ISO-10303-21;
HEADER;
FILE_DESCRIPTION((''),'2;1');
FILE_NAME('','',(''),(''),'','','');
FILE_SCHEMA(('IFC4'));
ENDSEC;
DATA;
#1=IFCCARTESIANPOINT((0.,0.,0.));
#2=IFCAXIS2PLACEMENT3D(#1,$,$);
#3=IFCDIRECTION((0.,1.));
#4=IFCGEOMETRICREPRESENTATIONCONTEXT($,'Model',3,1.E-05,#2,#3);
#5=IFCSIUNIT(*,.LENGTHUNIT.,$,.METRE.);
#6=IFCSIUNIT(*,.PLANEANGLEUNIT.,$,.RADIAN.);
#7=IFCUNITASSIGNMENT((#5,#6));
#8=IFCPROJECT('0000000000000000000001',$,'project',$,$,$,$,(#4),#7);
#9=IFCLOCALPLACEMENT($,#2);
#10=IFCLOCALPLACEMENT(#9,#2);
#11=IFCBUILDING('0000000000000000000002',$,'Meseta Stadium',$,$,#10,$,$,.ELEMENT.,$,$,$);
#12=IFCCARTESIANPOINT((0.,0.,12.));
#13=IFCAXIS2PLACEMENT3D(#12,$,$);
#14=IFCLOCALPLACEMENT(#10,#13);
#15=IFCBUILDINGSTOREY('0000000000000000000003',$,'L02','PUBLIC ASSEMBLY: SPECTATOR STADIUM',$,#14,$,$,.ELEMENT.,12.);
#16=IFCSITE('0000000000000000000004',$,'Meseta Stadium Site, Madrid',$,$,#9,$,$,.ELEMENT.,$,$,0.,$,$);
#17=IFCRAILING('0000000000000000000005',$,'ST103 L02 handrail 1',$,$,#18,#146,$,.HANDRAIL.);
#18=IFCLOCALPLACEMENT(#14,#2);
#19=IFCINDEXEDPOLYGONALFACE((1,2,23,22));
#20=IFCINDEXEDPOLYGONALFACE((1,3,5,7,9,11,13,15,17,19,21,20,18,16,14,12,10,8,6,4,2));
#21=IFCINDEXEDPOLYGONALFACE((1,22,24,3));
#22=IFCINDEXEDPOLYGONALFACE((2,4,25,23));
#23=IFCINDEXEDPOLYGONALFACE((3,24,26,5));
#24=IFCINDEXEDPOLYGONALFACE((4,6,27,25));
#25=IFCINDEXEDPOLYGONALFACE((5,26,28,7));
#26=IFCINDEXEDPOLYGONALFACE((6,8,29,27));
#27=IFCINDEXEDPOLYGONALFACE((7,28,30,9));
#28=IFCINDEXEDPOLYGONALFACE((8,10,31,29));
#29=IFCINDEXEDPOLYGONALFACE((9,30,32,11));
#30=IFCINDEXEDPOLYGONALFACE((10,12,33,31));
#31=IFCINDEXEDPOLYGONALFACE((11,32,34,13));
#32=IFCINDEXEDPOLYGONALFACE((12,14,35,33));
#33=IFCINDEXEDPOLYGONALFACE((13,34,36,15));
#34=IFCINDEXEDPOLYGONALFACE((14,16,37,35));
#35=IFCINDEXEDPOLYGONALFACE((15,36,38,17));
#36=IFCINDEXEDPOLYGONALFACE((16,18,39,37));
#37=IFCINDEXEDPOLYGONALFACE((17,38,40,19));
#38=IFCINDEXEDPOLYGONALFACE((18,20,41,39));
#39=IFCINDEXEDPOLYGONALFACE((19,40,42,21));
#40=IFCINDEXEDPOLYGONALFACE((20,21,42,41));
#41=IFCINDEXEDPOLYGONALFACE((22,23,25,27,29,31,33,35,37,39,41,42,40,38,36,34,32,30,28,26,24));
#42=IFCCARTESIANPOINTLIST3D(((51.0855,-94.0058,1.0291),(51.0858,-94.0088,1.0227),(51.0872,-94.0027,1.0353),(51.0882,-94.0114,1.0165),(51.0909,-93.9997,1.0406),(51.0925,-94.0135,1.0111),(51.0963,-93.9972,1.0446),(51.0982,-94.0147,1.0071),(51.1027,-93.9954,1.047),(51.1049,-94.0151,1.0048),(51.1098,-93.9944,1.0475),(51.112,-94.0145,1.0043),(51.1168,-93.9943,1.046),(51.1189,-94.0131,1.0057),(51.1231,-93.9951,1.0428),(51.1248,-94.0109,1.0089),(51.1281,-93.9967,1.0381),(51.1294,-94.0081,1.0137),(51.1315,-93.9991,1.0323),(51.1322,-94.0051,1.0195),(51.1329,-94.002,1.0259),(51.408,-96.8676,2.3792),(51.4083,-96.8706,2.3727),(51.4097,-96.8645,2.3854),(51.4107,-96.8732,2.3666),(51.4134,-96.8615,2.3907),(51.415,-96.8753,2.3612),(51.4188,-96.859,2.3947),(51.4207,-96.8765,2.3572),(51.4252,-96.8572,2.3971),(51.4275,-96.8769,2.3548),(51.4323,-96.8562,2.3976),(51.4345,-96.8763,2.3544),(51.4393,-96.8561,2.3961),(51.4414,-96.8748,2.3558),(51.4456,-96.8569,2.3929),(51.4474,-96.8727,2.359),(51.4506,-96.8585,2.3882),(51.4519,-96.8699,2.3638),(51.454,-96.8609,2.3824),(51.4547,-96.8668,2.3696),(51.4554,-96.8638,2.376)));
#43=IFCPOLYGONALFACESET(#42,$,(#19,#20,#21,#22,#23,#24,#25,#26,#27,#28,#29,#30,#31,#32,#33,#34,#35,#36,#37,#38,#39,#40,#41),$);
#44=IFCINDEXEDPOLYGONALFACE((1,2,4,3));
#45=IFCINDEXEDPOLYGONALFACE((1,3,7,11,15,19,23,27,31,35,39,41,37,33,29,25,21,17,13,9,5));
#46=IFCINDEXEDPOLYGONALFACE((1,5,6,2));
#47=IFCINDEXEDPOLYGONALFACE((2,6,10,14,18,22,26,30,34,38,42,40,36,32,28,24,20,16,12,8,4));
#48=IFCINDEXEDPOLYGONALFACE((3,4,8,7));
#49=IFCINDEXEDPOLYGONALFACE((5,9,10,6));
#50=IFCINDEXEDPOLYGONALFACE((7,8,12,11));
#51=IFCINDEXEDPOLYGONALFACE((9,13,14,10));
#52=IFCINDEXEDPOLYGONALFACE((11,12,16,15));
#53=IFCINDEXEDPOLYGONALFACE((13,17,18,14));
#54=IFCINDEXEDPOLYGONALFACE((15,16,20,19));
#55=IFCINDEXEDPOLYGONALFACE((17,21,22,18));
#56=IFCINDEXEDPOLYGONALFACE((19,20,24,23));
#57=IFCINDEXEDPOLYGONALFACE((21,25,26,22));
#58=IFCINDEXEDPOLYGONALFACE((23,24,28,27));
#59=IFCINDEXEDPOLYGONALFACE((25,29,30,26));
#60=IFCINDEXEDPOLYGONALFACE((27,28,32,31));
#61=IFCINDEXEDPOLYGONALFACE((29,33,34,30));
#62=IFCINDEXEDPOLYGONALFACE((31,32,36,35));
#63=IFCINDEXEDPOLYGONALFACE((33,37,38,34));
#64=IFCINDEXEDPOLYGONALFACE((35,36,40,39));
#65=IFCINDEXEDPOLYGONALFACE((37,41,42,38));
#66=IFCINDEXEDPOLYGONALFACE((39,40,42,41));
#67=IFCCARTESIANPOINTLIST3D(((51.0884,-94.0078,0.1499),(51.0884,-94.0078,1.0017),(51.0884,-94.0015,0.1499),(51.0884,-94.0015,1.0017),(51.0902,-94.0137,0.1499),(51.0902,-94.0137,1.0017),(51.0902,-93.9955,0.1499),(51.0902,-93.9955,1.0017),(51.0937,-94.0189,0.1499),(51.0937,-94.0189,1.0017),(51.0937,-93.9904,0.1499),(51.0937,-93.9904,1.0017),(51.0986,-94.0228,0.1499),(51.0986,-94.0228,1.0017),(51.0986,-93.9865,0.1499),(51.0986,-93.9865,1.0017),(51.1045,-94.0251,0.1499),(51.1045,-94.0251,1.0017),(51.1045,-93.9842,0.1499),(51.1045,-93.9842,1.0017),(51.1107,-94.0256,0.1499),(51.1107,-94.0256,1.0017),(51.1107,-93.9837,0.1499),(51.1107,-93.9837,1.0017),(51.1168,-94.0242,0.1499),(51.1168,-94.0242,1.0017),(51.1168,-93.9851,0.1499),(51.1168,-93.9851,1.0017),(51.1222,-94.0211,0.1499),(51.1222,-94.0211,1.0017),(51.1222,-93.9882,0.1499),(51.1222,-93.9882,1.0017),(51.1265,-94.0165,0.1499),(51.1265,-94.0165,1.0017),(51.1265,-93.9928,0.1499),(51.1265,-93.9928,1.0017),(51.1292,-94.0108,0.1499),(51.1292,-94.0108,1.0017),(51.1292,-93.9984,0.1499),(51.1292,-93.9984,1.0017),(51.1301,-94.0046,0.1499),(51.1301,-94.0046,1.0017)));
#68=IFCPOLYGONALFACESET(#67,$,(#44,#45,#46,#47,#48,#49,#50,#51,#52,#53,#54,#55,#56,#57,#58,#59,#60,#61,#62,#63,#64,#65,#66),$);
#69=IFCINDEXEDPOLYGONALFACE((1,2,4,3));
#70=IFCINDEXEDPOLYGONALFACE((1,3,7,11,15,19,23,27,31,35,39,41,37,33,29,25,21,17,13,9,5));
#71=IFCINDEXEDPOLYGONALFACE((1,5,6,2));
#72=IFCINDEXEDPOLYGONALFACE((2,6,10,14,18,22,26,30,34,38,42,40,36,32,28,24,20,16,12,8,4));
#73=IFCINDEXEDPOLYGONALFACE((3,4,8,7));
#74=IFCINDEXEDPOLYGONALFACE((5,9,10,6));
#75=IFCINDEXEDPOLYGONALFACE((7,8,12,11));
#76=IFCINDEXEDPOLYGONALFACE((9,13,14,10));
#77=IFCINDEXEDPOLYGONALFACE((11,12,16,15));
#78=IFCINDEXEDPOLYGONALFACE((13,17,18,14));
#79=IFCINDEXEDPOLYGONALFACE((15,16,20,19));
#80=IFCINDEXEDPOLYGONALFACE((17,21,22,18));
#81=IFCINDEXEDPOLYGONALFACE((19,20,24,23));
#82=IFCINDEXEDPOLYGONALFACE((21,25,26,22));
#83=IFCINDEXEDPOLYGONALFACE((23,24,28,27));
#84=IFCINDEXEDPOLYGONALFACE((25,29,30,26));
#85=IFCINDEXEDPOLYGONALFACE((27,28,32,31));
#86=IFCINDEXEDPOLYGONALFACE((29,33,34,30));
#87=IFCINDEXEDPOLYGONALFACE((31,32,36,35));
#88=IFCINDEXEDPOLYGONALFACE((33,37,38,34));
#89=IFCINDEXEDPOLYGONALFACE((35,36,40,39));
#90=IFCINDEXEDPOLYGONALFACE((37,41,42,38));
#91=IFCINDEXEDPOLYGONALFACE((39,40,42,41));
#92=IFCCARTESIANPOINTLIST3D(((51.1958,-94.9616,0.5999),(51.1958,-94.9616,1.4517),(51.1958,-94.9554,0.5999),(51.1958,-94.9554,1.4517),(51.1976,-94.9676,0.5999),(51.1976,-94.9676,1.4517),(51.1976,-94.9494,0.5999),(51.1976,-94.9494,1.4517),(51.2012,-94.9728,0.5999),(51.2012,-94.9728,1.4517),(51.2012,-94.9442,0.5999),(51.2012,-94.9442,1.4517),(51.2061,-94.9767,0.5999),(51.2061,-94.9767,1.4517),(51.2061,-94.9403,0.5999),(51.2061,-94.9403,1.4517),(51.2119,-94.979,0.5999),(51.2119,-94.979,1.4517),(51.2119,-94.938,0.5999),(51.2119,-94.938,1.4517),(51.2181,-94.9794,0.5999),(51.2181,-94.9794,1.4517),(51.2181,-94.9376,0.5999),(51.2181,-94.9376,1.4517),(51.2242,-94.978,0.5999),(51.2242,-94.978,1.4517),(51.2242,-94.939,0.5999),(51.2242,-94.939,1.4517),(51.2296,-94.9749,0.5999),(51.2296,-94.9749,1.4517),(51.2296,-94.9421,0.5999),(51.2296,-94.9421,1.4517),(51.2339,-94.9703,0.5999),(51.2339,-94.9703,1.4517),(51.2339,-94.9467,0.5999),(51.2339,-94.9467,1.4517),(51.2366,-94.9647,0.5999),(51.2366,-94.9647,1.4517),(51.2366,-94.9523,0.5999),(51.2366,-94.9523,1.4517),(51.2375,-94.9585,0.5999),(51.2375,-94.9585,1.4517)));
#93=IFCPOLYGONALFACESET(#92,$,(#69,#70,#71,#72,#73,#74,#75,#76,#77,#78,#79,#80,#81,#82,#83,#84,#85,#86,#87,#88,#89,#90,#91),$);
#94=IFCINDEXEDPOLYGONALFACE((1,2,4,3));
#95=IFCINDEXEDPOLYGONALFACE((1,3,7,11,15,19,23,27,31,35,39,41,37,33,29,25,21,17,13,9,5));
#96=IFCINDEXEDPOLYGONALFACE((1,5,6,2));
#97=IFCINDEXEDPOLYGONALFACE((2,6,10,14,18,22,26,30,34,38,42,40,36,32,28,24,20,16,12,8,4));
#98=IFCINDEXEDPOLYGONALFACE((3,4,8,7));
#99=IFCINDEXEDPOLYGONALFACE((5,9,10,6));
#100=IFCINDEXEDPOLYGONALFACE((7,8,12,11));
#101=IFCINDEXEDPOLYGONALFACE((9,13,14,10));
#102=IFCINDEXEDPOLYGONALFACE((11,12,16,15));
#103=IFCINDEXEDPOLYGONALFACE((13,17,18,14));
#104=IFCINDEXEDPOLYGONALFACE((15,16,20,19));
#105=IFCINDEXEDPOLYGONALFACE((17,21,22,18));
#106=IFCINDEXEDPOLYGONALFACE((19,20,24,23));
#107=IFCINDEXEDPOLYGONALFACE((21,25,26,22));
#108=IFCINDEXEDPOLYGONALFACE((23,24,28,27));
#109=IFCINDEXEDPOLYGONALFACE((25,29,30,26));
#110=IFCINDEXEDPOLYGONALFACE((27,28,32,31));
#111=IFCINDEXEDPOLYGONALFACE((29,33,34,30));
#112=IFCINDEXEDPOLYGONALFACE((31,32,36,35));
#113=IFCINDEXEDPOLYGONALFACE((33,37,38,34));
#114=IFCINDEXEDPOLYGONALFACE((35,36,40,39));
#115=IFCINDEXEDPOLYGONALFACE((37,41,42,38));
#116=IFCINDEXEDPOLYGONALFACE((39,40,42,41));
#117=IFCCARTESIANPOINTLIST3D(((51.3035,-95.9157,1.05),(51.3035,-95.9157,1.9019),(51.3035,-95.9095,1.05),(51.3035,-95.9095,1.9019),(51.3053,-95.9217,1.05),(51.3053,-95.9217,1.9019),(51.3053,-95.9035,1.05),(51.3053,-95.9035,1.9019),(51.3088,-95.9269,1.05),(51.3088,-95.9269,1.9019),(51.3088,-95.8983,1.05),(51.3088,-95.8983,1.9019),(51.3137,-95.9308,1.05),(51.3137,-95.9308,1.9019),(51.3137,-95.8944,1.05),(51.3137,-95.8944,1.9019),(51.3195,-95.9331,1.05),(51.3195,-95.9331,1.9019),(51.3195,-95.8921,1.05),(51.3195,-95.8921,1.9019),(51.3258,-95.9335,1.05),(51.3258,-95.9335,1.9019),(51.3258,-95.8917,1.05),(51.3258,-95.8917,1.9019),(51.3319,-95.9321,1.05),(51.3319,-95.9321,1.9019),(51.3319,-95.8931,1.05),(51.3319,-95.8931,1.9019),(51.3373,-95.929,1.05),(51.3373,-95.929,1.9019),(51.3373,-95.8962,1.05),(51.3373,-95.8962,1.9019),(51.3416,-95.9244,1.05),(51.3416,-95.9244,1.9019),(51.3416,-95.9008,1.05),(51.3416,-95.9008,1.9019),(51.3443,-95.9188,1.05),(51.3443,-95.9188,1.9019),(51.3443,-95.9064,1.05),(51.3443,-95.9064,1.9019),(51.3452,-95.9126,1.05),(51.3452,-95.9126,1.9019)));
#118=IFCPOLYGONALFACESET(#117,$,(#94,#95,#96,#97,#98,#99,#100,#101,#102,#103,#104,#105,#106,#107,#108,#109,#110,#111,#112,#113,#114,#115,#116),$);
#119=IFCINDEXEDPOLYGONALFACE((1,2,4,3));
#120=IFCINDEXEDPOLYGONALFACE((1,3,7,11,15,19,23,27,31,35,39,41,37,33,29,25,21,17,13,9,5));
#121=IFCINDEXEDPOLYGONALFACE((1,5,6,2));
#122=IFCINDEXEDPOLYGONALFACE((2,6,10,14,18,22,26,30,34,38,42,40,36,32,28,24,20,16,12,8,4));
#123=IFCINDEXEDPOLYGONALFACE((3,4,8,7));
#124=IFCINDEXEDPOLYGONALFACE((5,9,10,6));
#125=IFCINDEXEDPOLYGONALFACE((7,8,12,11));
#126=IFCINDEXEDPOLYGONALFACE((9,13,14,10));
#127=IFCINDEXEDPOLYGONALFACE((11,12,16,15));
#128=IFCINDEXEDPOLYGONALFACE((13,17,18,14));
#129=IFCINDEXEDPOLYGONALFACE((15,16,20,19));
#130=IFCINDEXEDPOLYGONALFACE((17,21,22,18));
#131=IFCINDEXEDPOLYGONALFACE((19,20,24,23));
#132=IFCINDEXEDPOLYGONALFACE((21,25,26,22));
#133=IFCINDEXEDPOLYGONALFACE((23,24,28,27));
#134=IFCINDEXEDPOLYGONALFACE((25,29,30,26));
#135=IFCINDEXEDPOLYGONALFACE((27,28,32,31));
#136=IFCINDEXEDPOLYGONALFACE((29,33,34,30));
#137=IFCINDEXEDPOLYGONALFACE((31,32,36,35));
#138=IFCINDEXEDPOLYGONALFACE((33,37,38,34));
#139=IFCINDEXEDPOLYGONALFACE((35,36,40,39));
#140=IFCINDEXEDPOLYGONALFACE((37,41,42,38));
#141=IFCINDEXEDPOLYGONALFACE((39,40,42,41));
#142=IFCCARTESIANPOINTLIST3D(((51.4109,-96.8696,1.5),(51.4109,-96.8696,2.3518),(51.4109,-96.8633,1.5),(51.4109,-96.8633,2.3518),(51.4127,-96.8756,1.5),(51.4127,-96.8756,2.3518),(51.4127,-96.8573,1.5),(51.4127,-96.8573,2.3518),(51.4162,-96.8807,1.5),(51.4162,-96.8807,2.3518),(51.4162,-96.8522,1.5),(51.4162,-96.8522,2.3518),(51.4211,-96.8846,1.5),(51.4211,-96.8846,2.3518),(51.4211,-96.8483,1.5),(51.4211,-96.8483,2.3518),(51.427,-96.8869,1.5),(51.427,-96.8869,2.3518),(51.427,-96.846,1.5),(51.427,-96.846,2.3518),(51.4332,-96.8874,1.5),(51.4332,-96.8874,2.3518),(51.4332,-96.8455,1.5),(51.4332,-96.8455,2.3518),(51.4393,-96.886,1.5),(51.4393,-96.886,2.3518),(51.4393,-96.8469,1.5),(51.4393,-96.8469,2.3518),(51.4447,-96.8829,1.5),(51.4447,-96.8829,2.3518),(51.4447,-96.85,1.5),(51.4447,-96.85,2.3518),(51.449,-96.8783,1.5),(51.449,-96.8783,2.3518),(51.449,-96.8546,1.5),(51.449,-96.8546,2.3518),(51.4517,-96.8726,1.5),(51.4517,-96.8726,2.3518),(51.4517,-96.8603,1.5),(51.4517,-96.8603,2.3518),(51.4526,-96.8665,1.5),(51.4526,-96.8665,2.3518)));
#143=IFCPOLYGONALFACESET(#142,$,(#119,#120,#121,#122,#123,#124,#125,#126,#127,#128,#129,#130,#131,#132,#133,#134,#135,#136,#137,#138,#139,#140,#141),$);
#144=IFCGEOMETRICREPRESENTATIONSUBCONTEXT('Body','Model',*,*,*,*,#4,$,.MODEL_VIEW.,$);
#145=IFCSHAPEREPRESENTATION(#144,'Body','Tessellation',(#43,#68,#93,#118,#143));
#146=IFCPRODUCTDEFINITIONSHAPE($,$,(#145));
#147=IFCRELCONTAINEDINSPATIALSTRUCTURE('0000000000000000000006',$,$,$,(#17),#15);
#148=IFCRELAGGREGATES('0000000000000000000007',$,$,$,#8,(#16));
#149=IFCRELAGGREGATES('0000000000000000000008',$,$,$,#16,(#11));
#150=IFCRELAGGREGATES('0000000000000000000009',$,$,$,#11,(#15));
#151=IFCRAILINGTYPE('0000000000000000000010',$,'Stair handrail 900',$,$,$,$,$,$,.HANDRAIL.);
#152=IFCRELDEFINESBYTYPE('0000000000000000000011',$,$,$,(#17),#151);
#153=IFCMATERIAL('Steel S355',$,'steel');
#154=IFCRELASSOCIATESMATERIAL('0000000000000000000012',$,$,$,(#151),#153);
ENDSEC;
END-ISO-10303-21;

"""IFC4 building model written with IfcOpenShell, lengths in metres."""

from ifc_helpers import new_model, si_unit, direction, frame, origin, origin_2d, place, context, subcontext, project, spatial, circle, extrude, material, type_object, element, save


model = new_model("IFC4")

# Units and contexts
model_context = context("Model", 3, precision=1e-05, world=origin(), true_north=direction((0.0, 1.0)))
body_context = subcontext(model_context, "Body", "Model", "MODEL_VIEW")
ifc_project = project(units=[si_unit("LENGTHUNIT", "METRE"), si_unit("PLANEANGLEUNIT", "RADIAN")], contexts=[model_context])

# Site, building, storey
site_placement = place(None, origin())
site = spatial("IfcSite", under=ifc_project, at=site_placement, Name="Meseta Stadium Site, Madrid", CompositionType="ELEMENT", RefElevation=0.0)
building_placement = place(site_placement, origin())
building = spatial("IfcBuilding", under=site, at=building_placement, Name="Meseta Stadium", CompositionType="ELEMENT")
storey_placement = place(building_placement, frame((0.0, 0.0, 12.0)))
storey = spatial("IfcBuildingStorey", under=building, at=storey_placement, Name="L02", Description="PUBLIC ASSEMBLY: SPECTATOR STADIUM", CompositionType="ELEMENT", Elevation=12.0)

# Railing
ifc_material_1 = material(Name="Steel S355", Category="steel")
railing_type_1 = type_object("IfcRailingType", Name="Stair handrail 900", PredefinedType="HANDRAIL", material=ifc_material_1)
for number, where, name in (
    (1, (51.1091, -94.0046, 0.1499), "ST103 L02 handrail 1"),
):
    element("IfcRailing", number, at=place(storey_placement, frame(where)), inside=storey, type_object=railing_type_1, Name=name, PredefinedType="HANDRAIL", context=body_context, shape_type="SweptSolid", body=[
        extrude(circle(Radius=0.0239, at=origin_2d()), frame((0.0, 0.0, 0.876), z_axis=(0.101396, -0.899748, 0.424467), x_axis=(0.99371, 0.111985, 0.0)), (0.0, 0.0, 1.0), 3.1807),
        extrude(circle(Radius=0.021, at=origin_2d()), origin(), (0.0, 0.0, 1.0), 0.8518),
        extrude(circle(Radius=0.021, at=origin_2d()), frame((0.1074, -0.9539, 0.45)), (0.0, 0.0, 1.0), 0.8518),
        extrude(circle(Radius=0.021, at=origin_2d()), frame((0.2151, -1.908, 0.9001)), (0.0, 0.0, 1.0), 0.8518),
        extrude(circle(Radius=0.021, at=origin_2d()), frame((0.3225, -2.8618, 1.3501)), (0.0, 0.0, 1.0), 0.8518),
    ])

save(model, "model.ifc")
